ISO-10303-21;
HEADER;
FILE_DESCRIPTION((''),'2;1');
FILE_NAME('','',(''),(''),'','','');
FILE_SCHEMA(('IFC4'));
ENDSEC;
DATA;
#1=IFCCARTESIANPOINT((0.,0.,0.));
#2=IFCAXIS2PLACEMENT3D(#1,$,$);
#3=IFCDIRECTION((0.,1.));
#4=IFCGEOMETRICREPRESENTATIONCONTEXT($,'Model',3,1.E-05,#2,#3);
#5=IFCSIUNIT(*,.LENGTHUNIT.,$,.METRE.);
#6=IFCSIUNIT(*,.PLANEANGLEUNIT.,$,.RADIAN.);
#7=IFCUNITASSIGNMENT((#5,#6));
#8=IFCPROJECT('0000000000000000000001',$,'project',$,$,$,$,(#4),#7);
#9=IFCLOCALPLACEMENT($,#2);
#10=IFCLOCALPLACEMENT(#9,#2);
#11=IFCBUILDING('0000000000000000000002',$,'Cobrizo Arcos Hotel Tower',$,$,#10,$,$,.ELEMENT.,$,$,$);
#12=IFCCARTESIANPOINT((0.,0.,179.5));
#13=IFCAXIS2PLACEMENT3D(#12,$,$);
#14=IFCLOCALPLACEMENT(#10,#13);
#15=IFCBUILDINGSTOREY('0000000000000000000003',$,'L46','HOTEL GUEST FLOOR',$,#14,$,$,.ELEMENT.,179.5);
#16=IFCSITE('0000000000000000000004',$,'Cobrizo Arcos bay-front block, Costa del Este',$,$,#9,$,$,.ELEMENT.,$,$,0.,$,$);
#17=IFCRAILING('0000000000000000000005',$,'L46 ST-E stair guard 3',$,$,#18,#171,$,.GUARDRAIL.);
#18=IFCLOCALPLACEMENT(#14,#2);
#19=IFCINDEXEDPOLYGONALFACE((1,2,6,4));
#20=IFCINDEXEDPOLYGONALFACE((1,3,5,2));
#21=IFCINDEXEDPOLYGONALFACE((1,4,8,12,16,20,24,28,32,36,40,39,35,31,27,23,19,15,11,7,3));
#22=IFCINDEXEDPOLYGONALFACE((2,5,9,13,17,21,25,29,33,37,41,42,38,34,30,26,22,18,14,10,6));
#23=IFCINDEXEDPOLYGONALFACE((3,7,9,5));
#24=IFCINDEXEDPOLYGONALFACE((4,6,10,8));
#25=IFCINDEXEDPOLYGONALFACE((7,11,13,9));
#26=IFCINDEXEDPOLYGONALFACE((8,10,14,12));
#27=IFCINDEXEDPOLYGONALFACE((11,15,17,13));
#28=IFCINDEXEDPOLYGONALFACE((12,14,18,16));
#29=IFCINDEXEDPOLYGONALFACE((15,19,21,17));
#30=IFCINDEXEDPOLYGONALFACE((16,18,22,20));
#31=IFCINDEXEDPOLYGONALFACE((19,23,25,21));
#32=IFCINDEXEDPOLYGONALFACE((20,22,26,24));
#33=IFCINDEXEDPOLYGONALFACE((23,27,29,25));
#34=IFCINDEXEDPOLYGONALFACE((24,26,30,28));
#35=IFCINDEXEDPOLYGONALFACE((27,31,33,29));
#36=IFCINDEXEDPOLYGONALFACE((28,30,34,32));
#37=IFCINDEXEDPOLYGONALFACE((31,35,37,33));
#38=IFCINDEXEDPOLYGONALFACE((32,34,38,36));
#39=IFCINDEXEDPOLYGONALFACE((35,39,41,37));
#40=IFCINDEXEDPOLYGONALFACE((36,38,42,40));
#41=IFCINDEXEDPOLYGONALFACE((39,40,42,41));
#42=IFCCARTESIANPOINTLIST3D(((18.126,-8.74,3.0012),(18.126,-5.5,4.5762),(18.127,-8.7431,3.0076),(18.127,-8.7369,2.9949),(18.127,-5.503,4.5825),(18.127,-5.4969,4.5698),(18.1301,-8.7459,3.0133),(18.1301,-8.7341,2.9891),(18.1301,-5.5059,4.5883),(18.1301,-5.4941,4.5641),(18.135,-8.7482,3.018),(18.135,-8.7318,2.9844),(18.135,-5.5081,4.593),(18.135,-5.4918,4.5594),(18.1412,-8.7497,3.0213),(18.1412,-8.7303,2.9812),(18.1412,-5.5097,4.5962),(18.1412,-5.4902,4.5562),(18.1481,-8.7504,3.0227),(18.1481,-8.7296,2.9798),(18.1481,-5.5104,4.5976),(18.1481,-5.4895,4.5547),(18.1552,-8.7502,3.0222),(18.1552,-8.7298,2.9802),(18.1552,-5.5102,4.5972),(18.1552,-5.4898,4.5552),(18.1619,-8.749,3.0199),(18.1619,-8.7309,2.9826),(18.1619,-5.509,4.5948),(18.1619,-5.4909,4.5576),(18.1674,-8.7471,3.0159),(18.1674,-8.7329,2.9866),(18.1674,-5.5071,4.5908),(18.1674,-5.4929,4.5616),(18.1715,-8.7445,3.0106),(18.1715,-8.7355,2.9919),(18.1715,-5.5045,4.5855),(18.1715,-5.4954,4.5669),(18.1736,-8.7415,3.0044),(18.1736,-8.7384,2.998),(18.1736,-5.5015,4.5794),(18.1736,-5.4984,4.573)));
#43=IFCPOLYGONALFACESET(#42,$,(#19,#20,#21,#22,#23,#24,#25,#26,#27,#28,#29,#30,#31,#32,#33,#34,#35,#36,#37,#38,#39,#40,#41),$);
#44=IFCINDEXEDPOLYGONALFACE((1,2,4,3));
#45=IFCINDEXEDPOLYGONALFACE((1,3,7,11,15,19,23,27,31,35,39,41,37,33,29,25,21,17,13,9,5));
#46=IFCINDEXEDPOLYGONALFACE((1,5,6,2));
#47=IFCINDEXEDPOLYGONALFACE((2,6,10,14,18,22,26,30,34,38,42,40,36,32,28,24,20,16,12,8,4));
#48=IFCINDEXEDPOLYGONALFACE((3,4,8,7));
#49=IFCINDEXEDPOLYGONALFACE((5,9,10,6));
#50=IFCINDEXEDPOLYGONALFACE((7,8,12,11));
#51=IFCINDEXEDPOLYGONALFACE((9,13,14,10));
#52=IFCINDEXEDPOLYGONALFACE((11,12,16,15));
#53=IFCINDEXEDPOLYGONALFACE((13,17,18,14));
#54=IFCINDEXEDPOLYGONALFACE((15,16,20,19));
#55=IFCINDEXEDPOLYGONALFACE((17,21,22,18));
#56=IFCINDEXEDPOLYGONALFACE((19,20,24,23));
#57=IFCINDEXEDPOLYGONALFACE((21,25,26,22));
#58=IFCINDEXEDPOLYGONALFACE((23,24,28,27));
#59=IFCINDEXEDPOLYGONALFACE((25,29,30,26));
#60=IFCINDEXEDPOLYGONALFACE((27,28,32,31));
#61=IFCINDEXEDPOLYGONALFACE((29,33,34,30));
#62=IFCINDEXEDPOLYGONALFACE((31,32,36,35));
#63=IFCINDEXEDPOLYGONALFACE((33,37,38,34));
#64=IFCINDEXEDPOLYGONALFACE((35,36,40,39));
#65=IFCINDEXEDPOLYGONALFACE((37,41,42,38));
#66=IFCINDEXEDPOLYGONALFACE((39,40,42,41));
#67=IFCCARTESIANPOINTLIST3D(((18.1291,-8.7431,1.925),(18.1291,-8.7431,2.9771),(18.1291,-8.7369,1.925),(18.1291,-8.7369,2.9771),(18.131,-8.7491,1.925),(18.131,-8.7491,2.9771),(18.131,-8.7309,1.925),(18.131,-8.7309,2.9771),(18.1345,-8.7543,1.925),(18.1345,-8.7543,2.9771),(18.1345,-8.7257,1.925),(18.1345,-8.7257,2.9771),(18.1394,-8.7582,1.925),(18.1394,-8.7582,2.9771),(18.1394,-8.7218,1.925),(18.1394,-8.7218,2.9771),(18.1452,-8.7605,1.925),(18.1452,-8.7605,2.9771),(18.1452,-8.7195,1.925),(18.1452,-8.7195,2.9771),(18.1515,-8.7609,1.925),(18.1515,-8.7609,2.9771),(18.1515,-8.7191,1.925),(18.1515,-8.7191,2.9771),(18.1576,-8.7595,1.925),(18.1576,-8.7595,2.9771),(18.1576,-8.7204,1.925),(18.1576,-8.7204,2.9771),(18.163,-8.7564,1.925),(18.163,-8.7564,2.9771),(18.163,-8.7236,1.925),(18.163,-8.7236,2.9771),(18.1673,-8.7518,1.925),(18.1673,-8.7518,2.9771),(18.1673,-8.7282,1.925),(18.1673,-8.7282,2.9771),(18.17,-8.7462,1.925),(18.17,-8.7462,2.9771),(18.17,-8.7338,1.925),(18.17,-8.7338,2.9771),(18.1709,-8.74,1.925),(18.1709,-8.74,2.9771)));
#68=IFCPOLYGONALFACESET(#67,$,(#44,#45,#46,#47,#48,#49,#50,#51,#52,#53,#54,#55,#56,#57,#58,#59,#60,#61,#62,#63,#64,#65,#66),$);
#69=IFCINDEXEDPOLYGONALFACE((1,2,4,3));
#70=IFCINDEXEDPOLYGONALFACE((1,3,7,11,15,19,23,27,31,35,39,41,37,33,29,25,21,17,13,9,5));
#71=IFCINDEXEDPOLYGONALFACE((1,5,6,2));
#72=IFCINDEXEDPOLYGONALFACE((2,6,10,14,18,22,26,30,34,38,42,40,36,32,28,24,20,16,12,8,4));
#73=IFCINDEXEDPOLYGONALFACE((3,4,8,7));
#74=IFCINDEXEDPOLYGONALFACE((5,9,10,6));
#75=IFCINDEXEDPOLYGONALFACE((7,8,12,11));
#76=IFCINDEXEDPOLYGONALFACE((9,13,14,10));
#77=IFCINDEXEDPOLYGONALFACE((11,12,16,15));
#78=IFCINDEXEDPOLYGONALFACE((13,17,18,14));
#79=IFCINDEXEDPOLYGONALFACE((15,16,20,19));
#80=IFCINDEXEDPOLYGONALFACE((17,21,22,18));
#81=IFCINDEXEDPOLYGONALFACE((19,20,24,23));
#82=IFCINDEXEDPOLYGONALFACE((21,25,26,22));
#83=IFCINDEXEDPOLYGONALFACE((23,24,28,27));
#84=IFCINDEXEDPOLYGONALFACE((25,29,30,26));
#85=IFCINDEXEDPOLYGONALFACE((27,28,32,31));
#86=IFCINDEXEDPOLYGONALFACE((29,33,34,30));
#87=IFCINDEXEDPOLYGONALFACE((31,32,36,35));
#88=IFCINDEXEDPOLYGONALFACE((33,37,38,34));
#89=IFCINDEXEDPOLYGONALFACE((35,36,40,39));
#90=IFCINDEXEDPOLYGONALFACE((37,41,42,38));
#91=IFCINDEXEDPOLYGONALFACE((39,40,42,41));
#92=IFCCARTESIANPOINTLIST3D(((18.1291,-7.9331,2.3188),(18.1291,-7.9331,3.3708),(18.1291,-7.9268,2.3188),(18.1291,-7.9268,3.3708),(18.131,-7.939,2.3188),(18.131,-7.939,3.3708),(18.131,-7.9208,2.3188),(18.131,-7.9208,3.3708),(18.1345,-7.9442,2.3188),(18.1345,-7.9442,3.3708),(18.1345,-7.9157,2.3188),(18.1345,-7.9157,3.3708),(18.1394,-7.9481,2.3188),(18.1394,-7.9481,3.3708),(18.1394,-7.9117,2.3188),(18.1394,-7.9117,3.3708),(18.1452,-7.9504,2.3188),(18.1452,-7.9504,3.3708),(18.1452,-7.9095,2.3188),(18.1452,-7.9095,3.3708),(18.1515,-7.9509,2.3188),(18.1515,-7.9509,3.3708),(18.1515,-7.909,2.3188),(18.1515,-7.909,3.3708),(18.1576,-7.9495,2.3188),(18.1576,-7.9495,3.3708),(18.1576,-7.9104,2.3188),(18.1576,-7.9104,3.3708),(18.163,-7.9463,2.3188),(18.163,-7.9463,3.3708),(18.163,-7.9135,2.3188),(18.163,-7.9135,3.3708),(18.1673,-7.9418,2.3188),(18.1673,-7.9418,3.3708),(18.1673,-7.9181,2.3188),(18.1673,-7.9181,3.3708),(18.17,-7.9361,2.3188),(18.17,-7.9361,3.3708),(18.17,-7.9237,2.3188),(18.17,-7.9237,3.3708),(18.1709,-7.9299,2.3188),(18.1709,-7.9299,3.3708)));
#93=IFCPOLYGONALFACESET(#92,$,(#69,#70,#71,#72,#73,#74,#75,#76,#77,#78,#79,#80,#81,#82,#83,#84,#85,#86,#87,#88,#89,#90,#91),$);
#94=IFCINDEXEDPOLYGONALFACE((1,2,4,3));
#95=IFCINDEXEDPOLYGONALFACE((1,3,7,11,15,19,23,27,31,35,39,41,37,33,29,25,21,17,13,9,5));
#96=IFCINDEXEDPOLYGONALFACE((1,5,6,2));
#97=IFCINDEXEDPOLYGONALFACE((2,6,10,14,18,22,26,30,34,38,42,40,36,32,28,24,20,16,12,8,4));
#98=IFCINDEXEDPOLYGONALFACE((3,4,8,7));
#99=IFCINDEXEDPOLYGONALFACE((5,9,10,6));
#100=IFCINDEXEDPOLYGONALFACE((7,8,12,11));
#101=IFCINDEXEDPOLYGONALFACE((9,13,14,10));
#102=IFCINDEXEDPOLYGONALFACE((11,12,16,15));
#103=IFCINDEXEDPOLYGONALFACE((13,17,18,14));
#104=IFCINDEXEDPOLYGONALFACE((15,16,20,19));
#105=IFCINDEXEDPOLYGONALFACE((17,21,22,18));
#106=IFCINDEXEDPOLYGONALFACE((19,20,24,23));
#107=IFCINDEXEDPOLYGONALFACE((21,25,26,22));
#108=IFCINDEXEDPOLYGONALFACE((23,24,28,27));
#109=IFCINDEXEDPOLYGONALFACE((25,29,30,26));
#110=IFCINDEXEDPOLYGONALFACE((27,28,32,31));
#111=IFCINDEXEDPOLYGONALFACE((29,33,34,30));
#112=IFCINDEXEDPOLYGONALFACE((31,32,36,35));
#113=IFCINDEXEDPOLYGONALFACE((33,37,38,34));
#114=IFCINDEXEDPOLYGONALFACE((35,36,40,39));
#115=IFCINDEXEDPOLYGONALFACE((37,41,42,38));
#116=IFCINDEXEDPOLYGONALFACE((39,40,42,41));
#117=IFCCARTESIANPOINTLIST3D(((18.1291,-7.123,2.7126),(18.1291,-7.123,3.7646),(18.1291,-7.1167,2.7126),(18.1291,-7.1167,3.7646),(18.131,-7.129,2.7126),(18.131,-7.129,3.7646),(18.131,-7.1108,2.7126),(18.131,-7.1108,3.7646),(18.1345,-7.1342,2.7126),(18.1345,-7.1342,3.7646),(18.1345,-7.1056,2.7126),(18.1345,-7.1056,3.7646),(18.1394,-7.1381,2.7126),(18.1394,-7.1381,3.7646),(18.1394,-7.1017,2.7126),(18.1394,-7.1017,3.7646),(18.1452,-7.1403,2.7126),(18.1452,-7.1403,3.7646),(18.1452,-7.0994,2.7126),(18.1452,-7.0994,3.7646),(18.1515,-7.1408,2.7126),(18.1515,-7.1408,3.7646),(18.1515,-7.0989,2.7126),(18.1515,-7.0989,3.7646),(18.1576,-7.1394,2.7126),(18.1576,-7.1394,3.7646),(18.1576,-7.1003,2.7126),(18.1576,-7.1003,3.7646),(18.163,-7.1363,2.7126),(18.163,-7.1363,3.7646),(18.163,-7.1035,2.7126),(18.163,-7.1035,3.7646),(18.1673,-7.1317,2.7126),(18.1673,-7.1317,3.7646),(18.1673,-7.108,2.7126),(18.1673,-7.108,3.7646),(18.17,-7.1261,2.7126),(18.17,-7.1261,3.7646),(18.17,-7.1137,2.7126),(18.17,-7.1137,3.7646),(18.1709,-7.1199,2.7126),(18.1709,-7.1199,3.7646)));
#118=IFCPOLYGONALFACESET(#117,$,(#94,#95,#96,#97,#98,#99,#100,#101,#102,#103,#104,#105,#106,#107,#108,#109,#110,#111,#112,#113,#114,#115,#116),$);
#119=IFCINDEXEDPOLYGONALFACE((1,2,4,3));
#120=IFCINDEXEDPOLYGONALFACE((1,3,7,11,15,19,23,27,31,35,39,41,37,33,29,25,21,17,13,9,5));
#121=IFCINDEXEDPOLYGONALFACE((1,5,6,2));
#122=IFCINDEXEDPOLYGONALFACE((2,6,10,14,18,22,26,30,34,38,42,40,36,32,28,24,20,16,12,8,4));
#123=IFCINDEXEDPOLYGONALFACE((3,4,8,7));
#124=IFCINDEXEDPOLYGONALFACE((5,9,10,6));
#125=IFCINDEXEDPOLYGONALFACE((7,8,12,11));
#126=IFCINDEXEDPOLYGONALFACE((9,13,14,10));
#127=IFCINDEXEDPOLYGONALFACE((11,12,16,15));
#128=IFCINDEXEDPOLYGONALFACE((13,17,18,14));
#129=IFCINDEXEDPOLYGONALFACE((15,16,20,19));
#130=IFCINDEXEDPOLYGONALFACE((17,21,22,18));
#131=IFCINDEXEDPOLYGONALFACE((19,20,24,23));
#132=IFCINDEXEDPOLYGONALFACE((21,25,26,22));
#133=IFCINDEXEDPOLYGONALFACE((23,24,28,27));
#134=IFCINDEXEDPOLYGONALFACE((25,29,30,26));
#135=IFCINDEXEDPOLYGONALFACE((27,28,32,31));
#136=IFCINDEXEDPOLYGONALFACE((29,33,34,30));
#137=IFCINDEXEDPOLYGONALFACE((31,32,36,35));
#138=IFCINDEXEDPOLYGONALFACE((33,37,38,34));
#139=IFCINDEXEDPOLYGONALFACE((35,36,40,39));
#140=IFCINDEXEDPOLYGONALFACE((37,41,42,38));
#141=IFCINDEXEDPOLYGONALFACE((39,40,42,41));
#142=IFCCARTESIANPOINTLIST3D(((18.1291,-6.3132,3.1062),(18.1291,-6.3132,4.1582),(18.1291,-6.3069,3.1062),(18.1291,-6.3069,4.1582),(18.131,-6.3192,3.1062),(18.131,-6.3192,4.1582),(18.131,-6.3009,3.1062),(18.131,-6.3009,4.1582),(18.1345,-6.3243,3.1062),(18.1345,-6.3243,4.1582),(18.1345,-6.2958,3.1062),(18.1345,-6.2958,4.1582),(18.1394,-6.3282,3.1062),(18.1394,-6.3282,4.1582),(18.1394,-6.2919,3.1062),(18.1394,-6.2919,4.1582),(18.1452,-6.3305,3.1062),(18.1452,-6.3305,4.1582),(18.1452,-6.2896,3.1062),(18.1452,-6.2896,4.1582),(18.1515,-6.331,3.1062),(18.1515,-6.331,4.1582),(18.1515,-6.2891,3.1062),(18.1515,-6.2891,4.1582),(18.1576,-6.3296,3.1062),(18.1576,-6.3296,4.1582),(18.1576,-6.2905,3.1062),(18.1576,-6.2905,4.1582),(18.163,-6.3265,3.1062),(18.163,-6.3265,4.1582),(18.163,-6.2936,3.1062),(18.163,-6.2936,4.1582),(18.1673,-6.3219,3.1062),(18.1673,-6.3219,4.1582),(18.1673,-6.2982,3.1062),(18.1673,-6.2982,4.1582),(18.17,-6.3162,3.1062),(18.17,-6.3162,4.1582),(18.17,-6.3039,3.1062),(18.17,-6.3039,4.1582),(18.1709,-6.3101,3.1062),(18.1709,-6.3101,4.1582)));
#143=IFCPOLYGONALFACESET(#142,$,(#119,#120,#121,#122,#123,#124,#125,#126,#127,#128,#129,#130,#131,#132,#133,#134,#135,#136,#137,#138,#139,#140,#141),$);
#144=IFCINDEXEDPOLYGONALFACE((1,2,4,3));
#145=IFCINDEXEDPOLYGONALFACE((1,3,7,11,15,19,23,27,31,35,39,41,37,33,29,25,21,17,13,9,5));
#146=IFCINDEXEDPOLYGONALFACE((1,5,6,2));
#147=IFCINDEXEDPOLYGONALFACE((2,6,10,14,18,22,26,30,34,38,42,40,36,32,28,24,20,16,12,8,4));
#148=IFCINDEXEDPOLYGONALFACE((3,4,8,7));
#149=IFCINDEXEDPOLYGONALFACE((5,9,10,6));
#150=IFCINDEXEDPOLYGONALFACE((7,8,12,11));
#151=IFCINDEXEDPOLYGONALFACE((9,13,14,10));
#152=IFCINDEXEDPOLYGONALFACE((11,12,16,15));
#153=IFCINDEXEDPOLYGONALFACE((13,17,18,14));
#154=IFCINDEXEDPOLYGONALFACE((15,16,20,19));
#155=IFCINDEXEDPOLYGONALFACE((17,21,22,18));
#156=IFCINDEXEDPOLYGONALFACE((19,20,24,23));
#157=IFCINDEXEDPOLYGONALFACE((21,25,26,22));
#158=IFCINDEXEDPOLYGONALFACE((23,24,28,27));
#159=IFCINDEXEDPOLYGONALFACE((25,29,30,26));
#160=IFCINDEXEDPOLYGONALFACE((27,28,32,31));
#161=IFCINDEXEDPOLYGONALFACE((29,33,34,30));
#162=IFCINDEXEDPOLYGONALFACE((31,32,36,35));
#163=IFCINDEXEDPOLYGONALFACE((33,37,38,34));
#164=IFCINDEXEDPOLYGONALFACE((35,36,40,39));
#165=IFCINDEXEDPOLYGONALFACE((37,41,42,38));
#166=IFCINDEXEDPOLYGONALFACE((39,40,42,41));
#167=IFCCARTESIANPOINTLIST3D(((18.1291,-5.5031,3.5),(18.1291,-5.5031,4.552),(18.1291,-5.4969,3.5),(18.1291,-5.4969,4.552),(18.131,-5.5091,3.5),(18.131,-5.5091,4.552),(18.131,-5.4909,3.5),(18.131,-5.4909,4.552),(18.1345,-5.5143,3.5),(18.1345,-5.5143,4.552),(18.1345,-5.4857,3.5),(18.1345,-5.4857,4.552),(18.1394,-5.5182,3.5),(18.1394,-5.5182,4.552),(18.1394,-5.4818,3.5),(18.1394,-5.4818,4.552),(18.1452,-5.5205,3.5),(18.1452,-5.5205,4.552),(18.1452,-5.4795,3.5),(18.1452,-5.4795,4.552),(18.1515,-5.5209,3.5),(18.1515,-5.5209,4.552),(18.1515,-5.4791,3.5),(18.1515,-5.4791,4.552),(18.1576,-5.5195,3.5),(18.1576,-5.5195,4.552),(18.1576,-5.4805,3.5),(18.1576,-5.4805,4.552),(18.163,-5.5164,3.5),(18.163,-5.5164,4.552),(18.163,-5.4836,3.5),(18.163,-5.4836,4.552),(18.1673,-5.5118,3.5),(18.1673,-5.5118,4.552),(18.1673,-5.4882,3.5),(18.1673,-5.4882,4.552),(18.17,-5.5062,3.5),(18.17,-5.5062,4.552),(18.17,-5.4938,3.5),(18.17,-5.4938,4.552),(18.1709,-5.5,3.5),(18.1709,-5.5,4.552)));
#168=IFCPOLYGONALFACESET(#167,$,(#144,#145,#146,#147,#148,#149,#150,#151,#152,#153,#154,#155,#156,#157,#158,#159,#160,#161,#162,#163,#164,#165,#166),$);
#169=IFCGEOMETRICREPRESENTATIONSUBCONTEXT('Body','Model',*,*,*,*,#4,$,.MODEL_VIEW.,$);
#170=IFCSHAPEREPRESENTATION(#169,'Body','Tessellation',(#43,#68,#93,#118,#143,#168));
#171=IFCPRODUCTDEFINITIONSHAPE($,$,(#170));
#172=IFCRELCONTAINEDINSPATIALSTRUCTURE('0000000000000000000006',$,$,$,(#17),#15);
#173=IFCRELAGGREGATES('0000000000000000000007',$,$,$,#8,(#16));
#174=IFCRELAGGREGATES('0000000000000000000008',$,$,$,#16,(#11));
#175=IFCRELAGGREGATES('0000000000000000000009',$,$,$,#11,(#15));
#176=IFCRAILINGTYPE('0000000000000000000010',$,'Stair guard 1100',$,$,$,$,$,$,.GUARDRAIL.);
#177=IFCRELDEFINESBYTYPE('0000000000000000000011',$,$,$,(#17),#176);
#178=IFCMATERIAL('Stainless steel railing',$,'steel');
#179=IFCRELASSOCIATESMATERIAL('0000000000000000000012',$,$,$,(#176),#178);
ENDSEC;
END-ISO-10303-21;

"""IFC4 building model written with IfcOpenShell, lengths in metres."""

from ifc_helpers import new_model, si_unit, direction, frame, origin, origin_2d, place, context, subcontext, project, spatial, circle, extrude, material, type_object, element, save


model = new_model("IFC4")

# Units and contexts
model_context = context("Model", 3, precision=1e-05, world=origin(), true_north=direction((0.0, 1.0)))
body_context = subcontext(model_context, "Body", "Model", "MODEL_VIEW")
ifc_project = project(units=[si_unit("LENGTHUNIT", "METRE"), si_unit("PLANEANGLEUNIT", "RADIAN")], contexts=[model_context])

# Site, building, storey
site_placement = place(None, origin())
site = spatial("IfcSite", under=ifc_project, at=site_placement, Name="Cobrizo Arcos bay-front block, Costa del Este", CompositionType="ELEMENT", RefElevation=0.0)
building_placement = place(site_placement, origin())
building = spatial("IfcBuilding", under=site, at=building_placement, Name="Cobrizo Arcos Hotel Tower", CompositionType="ELEMENT")
storey_placement = place(building_placement, frame((0.0, 0.0, 179.5)))
storey = spatial("IfcBuildingStorey", under=building, at=storey_placement, Name="L46", Description="HOTEL GUEST FLOOR", CompositionType="ELEMENT", Elevation=179.5)

# Railing
ifc_material_1 = material(Name="Stainless steel railing", Category="steel")
railing_type_1 = type_object("IfcRailingType", Name="Stair guard 1100", PredefinedType="GUARDRAIL", material=ifc_material_1)
railing_1_placement = place(storey_placement, frame((18.1499, -8.74, 1.925)))
element("IfcRailing", 1, at=railing_1_placement, inside=storey, type_object=railing_type_1, Name="L46 ST-E stair guard 3", PredefinedType="GUARDRAIL", context=body_context, shape_type="SweptSolid", body=[
    extrude(circle(Radius=0.0239, at=origin_2d()), frame((0.0, 0.0, 1.0762), z_axis=(0.0, 0.899373, 0.437183), x_axis=(-1.0, 0.0, 0.0)), (0.0, 0.0, 1.0), 3.6025),
    extrude(circle(Radius=0.021, at=origin_2d()), origin(), (0.0, 0.0, 1.0), 1.052),
    extrude(circle(Radius=0.021, at=origin_2d()), frame((0.0, 0.8101, 0.3938)), (0.0, 0.0, 1.0), 1.052),
    extrude(circle(Radius=0.021, at=origin_2d()), frame((0.0, 1.6201, 0.7876)), (0.0, 0.0, 1.0), 1.052),
    extrude(circle(Radius=0.021, at=origin_2d()), frame((0.0, 2.4299, 1.1812)), (0.0, 0.0, 1.0), 1.052),
    extrude(circle(Radius=0.021, at=origin_2d()), frame((0.0, 3.24, 1.575)), (0.0, 0.0, 1.0), 1.052),
])

save(model, "model.ifc")
